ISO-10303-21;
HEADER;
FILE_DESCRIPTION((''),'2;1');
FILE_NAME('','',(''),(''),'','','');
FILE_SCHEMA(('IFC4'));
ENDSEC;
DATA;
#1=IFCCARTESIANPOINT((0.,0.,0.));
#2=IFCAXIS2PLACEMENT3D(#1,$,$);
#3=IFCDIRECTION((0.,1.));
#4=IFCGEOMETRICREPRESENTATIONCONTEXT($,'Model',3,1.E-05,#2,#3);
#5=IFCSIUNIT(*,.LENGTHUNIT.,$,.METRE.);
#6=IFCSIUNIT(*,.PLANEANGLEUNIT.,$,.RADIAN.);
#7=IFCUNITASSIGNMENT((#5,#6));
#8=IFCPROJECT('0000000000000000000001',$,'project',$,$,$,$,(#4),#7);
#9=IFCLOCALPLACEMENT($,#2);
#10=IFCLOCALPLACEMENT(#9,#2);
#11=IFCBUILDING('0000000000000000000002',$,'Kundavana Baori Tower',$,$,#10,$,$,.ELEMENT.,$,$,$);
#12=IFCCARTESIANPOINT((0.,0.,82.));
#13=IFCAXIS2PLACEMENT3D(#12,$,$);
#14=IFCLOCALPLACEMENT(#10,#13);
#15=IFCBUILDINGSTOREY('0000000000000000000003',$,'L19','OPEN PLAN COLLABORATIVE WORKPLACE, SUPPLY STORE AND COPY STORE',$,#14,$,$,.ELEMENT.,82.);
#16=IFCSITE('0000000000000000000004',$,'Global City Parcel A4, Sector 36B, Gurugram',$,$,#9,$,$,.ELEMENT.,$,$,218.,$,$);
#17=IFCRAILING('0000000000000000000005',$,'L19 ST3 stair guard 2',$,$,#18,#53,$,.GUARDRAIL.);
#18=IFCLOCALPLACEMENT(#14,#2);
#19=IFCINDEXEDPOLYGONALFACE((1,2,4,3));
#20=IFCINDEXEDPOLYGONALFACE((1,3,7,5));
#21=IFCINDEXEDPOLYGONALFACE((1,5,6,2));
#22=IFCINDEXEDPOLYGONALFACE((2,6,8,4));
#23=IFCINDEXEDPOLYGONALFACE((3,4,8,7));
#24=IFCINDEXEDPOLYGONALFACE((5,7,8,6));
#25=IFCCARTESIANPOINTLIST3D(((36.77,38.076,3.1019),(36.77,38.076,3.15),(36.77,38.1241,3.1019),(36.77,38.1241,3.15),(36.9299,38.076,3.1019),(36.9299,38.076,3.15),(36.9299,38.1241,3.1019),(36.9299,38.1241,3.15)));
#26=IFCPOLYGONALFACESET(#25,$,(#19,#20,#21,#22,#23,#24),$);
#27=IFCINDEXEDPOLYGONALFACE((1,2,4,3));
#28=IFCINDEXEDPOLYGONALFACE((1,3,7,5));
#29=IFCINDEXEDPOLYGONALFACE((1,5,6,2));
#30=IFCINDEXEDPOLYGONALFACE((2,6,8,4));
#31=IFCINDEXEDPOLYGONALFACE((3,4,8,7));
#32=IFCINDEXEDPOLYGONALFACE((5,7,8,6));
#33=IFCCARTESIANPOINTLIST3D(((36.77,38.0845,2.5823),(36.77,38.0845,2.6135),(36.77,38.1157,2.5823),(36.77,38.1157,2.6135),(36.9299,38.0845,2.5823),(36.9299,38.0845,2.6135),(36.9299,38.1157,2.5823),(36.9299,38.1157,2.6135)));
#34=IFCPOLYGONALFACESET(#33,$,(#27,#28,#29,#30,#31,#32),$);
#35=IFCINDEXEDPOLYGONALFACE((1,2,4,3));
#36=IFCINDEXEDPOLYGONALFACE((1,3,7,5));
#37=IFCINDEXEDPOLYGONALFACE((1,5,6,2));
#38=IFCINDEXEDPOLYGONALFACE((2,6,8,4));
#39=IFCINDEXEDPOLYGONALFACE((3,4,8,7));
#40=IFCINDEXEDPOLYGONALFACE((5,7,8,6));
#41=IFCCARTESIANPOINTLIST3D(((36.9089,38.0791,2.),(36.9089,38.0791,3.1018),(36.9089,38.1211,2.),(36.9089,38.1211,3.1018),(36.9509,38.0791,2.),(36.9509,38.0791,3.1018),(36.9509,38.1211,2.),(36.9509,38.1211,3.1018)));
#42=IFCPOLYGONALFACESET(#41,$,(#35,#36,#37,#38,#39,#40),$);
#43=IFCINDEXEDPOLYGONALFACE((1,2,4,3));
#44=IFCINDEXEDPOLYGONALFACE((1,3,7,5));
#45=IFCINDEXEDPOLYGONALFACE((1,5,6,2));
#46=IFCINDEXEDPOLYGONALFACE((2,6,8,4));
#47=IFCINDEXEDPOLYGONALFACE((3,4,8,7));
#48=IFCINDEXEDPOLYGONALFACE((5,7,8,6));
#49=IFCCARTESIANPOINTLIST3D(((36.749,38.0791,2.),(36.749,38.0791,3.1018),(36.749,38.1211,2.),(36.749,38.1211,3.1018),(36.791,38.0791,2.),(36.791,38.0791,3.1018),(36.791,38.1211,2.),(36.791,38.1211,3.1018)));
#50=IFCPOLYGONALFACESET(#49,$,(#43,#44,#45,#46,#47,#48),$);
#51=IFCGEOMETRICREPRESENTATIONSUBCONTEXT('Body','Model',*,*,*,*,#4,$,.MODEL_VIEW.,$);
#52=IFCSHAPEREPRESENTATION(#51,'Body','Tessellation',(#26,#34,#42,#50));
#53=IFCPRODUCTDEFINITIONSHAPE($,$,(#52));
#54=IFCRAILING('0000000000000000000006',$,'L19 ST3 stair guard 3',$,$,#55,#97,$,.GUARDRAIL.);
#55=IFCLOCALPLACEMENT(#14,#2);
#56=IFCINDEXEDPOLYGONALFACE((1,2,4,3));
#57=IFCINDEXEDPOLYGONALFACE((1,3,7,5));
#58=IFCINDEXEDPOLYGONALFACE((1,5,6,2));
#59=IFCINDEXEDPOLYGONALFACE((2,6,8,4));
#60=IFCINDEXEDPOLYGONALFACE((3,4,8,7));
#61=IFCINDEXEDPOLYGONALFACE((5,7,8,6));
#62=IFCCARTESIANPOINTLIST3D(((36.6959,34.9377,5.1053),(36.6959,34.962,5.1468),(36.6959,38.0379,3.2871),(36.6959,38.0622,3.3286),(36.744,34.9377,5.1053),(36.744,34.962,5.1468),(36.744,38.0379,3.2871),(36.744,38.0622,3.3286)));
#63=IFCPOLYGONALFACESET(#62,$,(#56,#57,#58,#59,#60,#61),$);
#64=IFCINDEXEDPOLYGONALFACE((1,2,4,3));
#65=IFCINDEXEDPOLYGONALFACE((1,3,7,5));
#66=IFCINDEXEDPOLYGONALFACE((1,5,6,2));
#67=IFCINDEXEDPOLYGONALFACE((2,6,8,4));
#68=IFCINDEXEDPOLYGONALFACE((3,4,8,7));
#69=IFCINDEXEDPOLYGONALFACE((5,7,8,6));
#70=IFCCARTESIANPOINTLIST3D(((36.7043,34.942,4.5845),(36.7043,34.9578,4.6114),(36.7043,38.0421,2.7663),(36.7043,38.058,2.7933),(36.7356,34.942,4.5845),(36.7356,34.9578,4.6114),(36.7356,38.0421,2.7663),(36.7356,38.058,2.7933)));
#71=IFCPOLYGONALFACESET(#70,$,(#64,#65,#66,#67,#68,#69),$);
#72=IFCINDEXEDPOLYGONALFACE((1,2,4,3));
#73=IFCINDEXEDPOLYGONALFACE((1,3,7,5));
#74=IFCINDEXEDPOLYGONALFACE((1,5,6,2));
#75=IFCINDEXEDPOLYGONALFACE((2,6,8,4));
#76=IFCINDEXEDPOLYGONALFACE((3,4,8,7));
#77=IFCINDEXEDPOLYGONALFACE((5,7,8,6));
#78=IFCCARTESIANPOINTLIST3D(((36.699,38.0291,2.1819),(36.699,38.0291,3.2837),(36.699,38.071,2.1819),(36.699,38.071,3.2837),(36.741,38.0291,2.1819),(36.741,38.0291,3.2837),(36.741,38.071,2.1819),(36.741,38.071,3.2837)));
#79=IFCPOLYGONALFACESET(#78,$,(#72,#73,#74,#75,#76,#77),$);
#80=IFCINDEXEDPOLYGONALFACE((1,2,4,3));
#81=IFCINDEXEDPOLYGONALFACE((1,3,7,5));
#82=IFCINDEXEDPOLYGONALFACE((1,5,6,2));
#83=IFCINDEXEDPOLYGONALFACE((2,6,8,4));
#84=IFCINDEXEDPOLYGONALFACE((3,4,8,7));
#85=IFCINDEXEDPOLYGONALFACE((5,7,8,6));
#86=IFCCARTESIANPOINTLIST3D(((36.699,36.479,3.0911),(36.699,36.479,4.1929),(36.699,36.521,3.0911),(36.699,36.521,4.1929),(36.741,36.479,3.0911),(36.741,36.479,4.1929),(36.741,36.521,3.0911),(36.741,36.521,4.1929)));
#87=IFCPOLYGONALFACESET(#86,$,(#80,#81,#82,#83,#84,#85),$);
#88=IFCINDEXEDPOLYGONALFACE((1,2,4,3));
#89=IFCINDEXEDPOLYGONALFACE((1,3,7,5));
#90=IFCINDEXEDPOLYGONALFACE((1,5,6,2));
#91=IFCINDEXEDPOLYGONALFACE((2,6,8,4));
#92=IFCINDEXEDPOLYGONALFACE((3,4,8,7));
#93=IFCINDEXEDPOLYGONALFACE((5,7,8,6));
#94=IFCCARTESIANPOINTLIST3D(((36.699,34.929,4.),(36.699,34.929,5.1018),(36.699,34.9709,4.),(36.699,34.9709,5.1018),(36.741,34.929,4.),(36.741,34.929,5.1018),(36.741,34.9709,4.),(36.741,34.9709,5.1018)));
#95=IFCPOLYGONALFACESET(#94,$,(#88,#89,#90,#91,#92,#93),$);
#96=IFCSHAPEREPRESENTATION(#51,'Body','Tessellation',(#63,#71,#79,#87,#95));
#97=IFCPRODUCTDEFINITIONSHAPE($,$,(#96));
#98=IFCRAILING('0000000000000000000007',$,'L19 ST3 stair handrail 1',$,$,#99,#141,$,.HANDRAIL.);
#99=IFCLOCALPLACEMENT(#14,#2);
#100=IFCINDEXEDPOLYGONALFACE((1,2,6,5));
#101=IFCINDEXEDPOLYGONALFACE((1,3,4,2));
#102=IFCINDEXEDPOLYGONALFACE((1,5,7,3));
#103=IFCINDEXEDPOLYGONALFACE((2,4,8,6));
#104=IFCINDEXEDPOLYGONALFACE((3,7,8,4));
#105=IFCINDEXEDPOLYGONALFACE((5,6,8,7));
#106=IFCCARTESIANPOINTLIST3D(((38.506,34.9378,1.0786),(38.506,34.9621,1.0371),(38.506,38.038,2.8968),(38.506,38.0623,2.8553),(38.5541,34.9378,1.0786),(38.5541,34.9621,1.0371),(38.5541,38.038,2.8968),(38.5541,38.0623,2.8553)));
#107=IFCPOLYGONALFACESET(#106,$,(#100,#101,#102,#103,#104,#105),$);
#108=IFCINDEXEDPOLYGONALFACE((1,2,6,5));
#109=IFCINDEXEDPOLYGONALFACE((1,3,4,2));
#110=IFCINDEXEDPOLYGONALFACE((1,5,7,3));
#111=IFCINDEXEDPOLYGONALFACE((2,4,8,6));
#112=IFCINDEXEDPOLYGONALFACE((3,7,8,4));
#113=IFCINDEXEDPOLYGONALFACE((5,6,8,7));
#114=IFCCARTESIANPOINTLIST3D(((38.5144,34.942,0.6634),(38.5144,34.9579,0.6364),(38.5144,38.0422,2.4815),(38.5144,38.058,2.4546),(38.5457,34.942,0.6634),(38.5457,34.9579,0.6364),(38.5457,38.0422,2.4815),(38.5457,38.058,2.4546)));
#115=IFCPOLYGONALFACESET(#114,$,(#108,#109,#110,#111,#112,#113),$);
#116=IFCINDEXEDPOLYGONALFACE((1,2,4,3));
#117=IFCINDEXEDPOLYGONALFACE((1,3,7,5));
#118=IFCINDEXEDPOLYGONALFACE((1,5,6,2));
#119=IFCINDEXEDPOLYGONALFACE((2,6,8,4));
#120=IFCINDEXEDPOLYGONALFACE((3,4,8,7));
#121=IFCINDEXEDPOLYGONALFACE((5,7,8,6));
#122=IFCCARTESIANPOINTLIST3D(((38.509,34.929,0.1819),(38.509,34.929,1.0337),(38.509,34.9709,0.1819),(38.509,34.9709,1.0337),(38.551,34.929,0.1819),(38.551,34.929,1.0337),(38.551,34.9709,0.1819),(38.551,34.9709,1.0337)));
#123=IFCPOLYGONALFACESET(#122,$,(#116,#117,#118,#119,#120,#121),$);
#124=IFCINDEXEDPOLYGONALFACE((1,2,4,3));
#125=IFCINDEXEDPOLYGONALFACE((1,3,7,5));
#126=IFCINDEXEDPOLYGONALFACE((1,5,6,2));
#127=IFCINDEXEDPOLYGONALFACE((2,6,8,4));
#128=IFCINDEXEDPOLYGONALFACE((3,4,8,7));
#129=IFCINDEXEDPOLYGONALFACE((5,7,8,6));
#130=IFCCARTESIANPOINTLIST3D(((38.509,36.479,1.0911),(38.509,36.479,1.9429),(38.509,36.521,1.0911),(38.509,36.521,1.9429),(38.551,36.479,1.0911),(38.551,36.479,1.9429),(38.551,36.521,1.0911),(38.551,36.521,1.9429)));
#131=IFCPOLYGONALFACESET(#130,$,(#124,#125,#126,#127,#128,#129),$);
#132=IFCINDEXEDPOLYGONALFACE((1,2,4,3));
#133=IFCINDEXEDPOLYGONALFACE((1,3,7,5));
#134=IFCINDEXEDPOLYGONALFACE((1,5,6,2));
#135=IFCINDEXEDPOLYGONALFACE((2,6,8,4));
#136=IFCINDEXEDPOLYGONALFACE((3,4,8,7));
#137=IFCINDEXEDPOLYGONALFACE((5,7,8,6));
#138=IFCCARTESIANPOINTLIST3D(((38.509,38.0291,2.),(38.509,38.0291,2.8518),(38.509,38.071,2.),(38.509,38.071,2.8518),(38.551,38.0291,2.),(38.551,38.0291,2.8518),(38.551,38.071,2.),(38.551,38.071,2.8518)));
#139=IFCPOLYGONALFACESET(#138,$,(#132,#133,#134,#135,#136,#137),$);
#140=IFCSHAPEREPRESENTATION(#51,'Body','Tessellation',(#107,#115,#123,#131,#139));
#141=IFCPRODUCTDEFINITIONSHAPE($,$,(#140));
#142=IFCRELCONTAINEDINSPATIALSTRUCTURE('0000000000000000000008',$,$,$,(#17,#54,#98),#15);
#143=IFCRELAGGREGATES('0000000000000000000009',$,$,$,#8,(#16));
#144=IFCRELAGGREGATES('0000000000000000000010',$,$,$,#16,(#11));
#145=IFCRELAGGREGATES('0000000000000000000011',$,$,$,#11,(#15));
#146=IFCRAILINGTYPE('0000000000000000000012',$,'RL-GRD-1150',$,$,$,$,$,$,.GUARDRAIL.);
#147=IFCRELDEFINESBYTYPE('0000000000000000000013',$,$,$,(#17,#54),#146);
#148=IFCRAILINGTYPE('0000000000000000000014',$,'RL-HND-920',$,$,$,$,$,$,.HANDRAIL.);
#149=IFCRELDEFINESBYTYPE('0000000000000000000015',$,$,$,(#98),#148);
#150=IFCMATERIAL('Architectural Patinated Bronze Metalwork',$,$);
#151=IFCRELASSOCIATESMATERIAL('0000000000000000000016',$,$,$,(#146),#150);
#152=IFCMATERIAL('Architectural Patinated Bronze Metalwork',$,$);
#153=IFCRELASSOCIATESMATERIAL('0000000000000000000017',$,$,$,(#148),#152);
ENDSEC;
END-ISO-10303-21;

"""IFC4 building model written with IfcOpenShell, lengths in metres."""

from ifc_helpers import new_model, si_unit, direction, frame, origin, origin_2d, place, context, subcontext, project, spatial, rectangle, extrude, material, type_object, element, save


model = new_model("IFC4")

# Units and contexts
model_context = context("Model", 3, precision=1e-05, world=origin(), true_north=direction((0.0, 1.0)))
body_context = subcontext(model_context, "Body", "Model", "MODEL_VIEW")
ifc_project = project(units=[si_unit("LENGTHUNIT", "METRE"), si_unit("PLANEANGLEUNIT", "RADIAN")], contexts=[model_context])

# Site, building, storey
site_placement = place(None, origin())
site = spatial("IfcSite", under=ifc_project, at=site_placement, Name="Global City Parcel A4, Sector 36B, Gurugram", CompositionType="ELEMENT", RefElevation=218.0)
building_placement = place(site_placement, origin())
building = spatial("IfcBuilding", under=site, at=building_placement, Name="Kundavana Baori Tower", CompositionType="ELEMENT")
storey_placement = place(building_placement, frame((0.0, 0.0, 82.0)))
storey = spatial("IfcBuildingStorey", under=building, at=storey_placement, Name="L19", Description="OPEN PLAN COLLABORATIVE WORKPLACE, SUPPLY STORE AND COPY STORE", CompositionType="ELEMENT", Elevation=82.0)

# Railings
ifc_material_1 = material(Name="Architectural Patinated Bronze Metalwork")
railing_type_1 = type_object("IfcRailingType", Name="RL-GRD-1150", PredefinedType="GUARDRAIL", material=ifc_material_1)
railing_1_placement = place(storey_placement, frame((36.9299, 38.1001, 2.0)))
element("IfcRailing", 1, at=railing_1_placement, inside=storey, type_object=railing_type_1, Name="L19 ST3 stair guard 2", PredefinedType="GUARDRAIL", context=body_context, shape_type="SweptSolid", body=[
    extrude(rectangle(XDim=0.0481, YDim=0.0481, at=origin_2d()), frame((0.0, 0.0, 1.126), z_axis=(-1.0, 0.0, 0.0), x_axis=(0.0, -1.0, 0.0)), (0.0, 0.0, 1.0), 0.1599),
    extrude(rectangle(XDim=0.0312, YDim=0.0312, at=origin_2d()), frame((0.0, 0.0, 0.5979), z_axis=(-1.0, 0.0, 0.0), x_axis=(0.0, -1.0, 0.0)), (0.0, 0.0, 1.0), 0.1599),
    extrude(rectangle(XDim=0.042, YDim=0.042, at=origin_2d()), origin(), (0.0, 0.0, 1.0), 1.1018),
    extrude(rectangle(XDim=0.042, YDim=0.042, at=origin_2d()), frame((-0.1599, 0.0, 0.0)), (0.0, 0.0, 1.0), 1.1018),
])
railing_2_placement = place(storey_placement, frame((36.72, 38.05, 2.1819)))
element("IfcRailing", 2, at=railing_2_placement, inside=storey, type_object=railing_type_1, Name="L19 ST3 stair guard 3", PredefinedType="GUARDRAIL", context=body_context, shape_type="SweptSolid", body=[
    extrude(rectangle(XDim=0.0481, YDim=0.0481, at=origin_2d()), frame((0.0, 0.0, 1.126), z_axis=(0.0, -0.862599, 0.505889), x_axis=(1.0, 0.0, 0.0)), (0.0, 0.0, 1.0), 3.594),
    extrude(rectangle(XDim=0.0312, YDim=0.0312, at=origin_2d()), frame((0.0, 0.0, 0.5979), z_axis=(0.0, -0.862599, 0.505889), x_axis=(1.0, 0.0, 0.0)), (0.0, 0.0, 1.0), 3.594),
    extrude(rectangle(XDim=0.042, YDim=0.042, at=origin_2d()), origin(), (0.0, 0.0, 1.0), 1.1018),
    extrude(rectangle(XDim=0.042, YDim=0.042, at=origin_2d()), frame((0.0, -1.55, 0.9092)), (0.0, 0.0, 1.0), 1.1018),
    extrude(rectangle(XDim=0.042, YDim=0.042, at=origin_2d()), frame((0.0, -3.1001, 1.8181)), (0.0, 0.0, 1.0), 1.1018),
])
ifc_material_2 = material(Name="Architectural Patinated Bronze Metalwork")
railing_type_2 = type_object("IfcRailingType", Name="RL-HND-920", PredefinedType="HANDRAIL", material=ifc_material_2)
railing_3_placement = place(storey_placement, frame((38.53, 34.95, 0.1819)))
element("IfcRailing", 3, at=railing_3_placement, inside=storey, type_object=railing_type_2, Name="L19 ST3 stair handrail 1", PredefinedType="HANDRAIL", context=body_context, shape_type="SweptSolid", body=[
    extrude(rectangle(XDim=0.0481, YDim=0.0481, at=origin_2d()), frame((0.0, 0.0, 0.876), z_axis=(0.0, 0.862599, 0.505889), x_axis=(-1.0, 0.0, 0.0)), (0.0, 0.0, 1.0), 3.594),
    extrude(rectangle(XDim=0.0312, YDim=0.0312, at=origin_2d()), frame((0.0, 0.0, 0.468), z_axis=(0.0, 0.862599, 0.505889), x_axis=(-1.0, 0.0, 0.0)), (0.0, 0.0, 1.0), 3.594),
    extrude(rectangle(XDim=0.042, YDim=0.042, at=origin_2d()), origin(), (0.0, 0.0, 1.0), 0.8518),
    extrude(rectangle(XDim=0.042, YDim=0.042, at=origin_2d()), frame((0.0, 1.55, 0.9092)), (0.0, 0.0, 1.0), 0.8518),
    extrude(rectangle(XDim=0.042, YDim=0.042, at=origin_2d()), frame((0.0, 3.1001, 1.8181)), (0.0, 0.0, 1.0), 0.8518),
])

save(model, "model.ifc")
